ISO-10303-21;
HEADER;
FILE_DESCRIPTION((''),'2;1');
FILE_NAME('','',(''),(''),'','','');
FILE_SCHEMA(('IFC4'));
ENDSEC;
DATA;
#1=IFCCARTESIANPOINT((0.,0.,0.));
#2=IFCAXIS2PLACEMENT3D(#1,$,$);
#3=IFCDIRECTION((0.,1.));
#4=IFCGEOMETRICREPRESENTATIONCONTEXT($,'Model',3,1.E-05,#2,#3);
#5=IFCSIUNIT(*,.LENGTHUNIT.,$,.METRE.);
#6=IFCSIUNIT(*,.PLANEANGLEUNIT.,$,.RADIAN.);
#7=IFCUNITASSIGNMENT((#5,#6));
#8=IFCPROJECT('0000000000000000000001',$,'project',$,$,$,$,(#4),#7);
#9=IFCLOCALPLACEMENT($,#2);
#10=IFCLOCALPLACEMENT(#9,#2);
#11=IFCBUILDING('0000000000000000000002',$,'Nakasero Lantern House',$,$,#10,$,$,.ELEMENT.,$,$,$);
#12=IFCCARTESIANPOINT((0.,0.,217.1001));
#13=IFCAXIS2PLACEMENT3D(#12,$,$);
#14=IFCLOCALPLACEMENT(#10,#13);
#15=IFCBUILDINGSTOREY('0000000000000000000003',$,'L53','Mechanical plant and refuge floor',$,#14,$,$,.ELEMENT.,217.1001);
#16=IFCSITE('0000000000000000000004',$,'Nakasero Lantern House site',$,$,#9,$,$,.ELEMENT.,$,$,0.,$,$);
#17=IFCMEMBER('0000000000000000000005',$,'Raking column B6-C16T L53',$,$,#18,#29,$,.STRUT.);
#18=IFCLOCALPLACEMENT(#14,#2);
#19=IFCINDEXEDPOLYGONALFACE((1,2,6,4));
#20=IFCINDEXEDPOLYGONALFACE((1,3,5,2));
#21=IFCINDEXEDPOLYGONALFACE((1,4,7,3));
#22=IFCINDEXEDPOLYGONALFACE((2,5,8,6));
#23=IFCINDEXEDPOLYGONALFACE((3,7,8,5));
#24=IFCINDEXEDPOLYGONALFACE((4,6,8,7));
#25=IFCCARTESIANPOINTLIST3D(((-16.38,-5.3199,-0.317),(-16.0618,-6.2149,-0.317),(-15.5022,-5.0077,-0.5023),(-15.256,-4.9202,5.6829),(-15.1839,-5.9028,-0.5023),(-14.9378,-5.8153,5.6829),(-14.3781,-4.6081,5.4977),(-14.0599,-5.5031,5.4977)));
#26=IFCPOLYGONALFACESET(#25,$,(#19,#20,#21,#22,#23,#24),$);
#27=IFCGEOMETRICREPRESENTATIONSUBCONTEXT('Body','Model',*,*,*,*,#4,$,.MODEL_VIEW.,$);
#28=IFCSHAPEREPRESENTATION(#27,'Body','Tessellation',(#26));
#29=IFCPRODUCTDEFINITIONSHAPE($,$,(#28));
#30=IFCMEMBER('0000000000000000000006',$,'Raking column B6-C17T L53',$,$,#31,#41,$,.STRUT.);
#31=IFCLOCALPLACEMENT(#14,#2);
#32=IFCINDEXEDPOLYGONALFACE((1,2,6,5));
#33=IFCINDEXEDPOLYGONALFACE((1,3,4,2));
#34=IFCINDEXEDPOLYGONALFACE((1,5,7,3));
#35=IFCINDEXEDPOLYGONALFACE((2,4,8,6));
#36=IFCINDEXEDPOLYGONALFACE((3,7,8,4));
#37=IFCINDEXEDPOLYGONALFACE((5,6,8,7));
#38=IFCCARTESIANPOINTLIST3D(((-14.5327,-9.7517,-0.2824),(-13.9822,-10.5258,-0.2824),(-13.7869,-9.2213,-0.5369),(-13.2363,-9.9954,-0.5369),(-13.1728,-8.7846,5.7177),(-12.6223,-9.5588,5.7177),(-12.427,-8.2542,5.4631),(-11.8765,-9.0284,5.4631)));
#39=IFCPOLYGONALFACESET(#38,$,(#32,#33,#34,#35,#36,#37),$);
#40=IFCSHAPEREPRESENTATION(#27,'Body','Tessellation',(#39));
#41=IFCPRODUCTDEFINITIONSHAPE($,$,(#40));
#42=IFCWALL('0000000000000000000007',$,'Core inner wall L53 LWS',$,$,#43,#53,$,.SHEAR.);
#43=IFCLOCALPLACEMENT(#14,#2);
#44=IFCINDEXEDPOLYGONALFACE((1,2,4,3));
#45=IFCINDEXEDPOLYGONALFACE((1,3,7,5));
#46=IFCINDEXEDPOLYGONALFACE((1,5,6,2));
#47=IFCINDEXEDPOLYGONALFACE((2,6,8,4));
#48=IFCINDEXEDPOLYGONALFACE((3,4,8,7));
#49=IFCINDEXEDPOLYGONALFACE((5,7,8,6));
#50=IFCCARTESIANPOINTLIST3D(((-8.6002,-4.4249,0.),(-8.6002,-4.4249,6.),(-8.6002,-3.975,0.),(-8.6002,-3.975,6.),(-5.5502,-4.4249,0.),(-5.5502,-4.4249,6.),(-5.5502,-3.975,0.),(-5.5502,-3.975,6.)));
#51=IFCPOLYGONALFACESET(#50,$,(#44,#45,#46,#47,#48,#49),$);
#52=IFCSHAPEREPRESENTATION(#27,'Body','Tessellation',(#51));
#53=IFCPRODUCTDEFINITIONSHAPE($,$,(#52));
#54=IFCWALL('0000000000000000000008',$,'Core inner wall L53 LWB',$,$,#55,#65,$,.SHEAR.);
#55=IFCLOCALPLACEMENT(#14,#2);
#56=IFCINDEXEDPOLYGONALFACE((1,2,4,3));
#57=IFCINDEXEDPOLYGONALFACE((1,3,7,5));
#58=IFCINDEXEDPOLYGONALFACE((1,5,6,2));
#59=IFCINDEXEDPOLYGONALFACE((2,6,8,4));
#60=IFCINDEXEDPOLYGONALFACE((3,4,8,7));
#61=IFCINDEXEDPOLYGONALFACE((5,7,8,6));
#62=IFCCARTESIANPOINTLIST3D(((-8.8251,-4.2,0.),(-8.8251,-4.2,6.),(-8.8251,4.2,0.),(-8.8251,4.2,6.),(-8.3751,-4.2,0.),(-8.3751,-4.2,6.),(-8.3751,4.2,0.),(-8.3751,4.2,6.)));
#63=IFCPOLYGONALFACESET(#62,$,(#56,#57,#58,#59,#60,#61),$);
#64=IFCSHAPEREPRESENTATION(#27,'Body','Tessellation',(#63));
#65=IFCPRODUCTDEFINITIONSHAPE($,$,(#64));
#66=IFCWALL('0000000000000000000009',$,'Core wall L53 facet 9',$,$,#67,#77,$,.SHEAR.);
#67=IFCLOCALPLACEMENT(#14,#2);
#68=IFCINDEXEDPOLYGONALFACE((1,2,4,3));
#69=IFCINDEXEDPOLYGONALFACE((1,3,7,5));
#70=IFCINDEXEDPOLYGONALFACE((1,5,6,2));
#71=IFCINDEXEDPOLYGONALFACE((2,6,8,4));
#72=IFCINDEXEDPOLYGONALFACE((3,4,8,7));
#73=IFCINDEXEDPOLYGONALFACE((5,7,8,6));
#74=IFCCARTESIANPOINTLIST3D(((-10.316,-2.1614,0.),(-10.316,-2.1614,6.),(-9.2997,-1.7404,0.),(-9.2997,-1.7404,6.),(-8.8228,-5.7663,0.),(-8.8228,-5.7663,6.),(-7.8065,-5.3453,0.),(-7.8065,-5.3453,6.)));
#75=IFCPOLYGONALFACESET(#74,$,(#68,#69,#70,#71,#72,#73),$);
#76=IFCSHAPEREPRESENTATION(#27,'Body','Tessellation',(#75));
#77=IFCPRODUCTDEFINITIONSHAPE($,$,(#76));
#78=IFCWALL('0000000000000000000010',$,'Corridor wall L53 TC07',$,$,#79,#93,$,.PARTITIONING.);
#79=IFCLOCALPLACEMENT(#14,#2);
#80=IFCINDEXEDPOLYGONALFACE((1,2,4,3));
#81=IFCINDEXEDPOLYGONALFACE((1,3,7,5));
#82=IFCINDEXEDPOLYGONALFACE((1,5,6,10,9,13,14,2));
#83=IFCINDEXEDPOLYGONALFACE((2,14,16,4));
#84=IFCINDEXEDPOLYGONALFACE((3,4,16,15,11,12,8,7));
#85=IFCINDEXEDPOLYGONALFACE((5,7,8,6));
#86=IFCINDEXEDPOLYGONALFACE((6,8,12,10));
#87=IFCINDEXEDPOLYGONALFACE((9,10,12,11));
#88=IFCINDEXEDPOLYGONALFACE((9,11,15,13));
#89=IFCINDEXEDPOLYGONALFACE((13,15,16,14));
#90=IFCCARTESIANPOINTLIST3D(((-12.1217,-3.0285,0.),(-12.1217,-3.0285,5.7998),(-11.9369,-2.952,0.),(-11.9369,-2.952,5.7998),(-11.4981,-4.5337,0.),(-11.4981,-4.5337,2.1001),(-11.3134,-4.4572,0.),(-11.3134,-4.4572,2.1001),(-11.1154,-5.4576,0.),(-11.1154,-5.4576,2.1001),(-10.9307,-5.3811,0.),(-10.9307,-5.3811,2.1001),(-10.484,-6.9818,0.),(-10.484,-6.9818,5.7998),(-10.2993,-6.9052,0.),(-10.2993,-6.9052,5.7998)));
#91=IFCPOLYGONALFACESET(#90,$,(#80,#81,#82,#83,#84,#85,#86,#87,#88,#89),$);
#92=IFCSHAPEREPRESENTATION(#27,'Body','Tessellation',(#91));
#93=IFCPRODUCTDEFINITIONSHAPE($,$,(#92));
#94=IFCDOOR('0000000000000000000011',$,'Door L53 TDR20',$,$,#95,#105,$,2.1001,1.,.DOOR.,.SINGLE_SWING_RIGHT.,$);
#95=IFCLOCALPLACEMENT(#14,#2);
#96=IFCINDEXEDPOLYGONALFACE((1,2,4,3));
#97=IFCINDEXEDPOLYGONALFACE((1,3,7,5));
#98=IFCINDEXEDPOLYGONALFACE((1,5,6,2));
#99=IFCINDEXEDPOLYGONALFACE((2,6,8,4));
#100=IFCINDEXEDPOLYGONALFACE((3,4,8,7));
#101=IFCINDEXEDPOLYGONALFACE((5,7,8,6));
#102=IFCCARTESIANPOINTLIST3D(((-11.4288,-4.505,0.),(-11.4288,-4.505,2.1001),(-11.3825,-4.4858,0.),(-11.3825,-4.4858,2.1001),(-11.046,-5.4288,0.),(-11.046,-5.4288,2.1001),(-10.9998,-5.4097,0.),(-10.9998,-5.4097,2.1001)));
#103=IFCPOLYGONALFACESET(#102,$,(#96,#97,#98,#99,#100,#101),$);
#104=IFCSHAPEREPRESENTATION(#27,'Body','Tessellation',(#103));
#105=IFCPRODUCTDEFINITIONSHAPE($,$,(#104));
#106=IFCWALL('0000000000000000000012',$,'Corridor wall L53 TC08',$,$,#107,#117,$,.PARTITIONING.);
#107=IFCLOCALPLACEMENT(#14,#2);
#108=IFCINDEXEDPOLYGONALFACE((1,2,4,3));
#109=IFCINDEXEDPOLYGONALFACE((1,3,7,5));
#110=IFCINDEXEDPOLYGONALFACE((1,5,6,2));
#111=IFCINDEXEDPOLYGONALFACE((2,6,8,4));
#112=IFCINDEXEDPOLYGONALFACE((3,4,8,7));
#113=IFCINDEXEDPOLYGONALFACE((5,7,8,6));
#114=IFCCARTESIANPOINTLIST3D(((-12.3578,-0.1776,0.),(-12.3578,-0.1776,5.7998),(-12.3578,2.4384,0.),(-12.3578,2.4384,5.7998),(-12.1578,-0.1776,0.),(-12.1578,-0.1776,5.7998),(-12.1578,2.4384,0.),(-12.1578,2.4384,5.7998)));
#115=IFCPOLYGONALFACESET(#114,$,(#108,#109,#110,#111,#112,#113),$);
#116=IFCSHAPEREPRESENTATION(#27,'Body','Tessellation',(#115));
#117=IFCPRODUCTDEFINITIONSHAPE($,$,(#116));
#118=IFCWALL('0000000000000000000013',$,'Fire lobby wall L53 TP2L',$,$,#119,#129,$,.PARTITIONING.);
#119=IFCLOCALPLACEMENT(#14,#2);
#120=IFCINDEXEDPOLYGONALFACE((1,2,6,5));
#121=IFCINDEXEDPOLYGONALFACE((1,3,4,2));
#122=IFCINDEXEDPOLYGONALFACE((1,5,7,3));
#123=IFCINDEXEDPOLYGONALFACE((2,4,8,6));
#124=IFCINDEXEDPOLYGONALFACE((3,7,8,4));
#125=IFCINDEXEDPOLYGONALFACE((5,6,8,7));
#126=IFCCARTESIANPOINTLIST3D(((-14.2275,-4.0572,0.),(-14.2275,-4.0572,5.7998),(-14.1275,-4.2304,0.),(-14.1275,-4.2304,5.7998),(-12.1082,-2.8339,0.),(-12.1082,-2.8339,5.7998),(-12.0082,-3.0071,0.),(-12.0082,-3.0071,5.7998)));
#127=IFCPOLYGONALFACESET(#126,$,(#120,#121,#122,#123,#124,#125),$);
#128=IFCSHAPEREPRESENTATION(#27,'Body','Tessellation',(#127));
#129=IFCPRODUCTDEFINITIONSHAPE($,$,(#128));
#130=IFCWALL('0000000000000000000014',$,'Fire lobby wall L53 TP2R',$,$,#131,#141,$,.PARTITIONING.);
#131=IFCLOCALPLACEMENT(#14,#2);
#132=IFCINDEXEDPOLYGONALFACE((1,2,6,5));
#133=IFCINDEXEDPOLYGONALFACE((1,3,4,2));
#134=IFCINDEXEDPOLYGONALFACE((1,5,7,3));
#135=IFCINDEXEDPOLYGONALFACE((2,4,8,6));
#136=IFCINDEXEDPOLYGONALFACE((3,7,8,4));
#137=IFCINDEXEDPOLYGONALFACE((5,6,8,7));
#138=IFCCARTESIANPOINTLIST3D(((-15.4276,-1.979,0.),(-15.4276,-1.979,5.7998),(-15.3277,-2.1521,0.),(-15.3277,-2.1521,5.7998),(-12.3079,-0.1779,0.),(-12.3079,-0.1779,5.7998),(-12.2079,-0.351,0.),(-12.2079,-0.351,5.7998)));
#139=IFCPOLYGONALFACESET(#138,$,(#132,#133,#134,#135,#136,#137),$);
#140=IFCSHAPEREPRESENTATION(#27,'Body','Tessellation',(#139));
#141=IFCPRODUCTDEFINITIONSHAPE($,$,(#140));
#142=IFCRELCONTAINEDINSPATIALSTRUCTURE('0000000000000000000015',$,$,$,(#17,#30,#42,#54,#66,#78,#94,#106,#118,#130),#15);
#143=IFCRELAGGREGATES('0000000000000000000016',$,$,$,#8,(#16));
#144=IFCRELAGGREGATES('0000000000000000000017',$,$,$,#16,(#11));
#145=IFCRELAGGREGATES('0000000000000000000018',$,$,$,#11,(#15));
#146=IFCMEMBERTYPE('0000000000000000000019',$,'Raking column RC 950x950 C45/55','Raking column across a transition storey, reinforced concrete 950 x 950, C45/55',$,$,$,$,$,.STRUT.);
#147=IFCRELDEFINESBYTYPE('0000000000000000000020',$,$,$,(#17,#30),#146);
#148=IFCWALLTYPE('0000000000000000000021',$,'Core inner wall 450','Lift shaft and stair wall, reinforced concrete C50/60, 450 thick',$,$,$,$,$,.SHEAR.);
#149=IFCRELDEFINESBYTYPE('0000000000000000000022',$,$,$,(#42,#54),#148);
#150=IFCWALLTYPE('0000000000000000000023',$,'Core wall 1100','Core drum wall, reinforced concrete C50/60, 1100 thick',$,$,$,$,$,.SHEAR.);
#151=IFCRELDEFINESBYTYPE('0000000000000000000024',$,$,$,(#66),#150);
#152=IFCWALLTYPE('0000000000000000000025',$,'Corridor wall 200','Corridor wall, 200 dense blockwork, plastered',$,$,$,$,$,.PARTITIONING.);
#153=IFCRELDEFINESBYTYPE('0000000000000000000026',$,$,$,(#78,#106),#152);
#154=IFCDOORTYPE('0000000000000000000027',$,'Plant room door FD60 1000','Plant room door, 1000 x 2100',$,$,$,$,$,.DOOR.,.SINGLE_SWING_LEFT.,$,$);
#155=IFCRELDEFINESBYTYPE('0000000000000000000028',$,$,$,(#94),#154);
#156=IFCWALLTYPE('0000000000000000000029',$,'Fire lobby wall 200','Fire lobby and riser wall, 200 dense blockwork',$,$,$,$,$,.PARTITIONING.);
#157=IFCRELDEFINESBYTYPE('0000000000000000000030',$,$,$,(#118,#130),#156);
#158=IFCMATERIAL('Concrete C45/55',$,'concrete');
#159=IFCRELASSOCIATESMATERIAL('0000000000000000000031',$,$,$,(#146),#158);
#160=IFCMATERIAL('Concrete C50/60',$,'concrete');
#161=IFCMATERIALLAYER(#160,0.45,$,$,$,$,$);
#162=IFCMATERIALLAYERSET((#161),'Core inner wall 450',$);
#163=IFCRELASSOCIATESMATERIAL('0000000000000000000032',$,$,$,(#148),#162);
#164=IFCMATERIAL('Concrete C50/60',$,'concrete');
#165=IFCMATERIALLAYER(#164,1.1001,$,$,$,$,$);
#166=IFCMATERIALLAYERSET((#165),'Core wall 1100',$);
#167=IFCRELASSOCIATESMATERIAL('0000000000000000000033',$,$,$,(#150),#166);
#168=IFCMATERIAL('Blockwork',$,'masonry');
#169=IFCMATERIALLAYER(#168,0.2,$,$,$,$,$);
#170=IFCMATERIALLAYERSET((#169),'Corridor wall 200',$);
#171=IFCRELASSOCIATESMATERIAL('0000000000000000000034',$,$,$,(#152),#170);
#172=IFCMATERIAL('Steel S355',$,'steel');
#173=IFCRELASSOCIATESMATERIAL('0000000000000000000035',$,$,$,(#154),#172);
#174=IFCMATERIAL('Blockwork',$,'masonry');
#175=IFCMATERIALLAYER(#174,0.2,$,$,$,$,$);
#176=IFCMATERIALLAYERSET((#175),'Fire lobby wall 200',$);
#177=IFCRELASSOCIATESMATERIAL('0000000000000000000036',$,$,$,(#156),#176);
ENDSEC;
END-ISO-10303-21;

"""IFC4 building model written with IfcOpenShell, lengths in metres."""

from ifc_helpers import new_model, si_unit, direction, frame, frame_2d, origin, origin_2d, place, context, subcontext, project, spatial, rectangle, extrude, material, layer, layer_set, material_profile, profile_set, type_object, element, fill, save


model = new_model("IFC4")

# Units and contexts
model_context = context("Model", 3, precision=1e-05, world=origin(), true_north=direction((0.0, 1.0)))
body_context = subcontext(model_context, "Body", "Model", "MODEL_VIEW")
ifc_project = project(units=[si_unit("LENGTHUNIT", "METRE"), si_unit("PLANEANGLEUNIT", "RADIAN")], contexts=[model_context])

# Site, building, storey
site_placement = place(None, origin())
site = spatial("IfcSite", under=ifc_project, at=site_placement, Name="Nakasero Lantern House site", CompositionType="ELEMENT", RefElevation=0.0)
building_placement = place(site_placement, origin())
building = spatial("IfcBuilding", under=site, at=building_placement, Name="Nakasero Lantern House", CompositionType="ELEMENT")
storey_placement = place(building_placement, frame((0.0, 0.0, 217.1001)))
storey = spatial("IfcBuildingStorey", under=building, at=storey_placement, Name="L53", Description="Mechanical plant and refuge floor", CompositionType="ELEMENT", Elevation=217.1001)

# Members
ifc_material_1 = material(Name="Concrete C45/55", Category="concrete")
ifc_material_profile_1 = material_profile(ifc_material_1, rectangle(XDim=0.95, YDim=0.95, at=origin_2d()), Name="RC 950x950")
ifc_profile_set_1 = profile_set([ifc_material_profile_1], Name="Concrete C45/55")
member_type_1 = type_object("IfcMemberType", Name="Raking column RC 950x950 C45/55", Description="Raking column across a transition storey, reinforced concrete 950 x 950, C45/55", PredefinedType="STRUT", material=ifc_profile_set_1)
member_1_placement = place(storey_placement, frame((-15.782, -5.6113, -0.4097), z_axis=(0.183741, 0.065331, 0.980801), x_axis=(-0.335014, 0.942213, 0.0)))
element("IfcMember", 1, at=member_1_placement, inside=storey, type_object=member_type_1, Name="Raking column B6-C16T L53", PredefinedType="STRUT", context=body_context, shape_type="SweptSolid", body=[
    extrude(rectangle(XDim=0.95, YDim=0.95, at=origin_2d()), origin(), (0.0, 0.0, 1.0), 6.1174),
])
member_2_placement = place(storey_placement, frame((-13.8845, -9.8735, -0.4097), z_axis=(0.218357, 0.15528, 0.963436), x_axis=(-0.579535, 0.814948, 0.0)))
element("IfcMember", 2, at=member_2_placement, inside=storey, type_object=member_type_1, Name="Raking column B6-C17T L53", PredefinedType="STRUT", context=body_context, shape_type="SweptSolid", body=[
    extrude(rectangle(XDim=0.95, YDim=0.95, at=origin_2d()), origin(), (0.0, 0.0, 1.0), 6.2278),
])

# Walls
ifc_material_2 = material(Name="Concrete C50/60", Category="concrete")
ifc_layer_1 = layer(ifc_material_2, 0.45)
ifc_layer_set_1 = layer_set([ifc_layer_1], Name="Core inner wall 450")
wall_type_1 = type_object("IfcWallType", Name="Core inner wall 450", Description="Lift shaft and stair wall, reinforced concrete C50/60, 450 thick", PredefinedType="SHEAR", material=ifc_layer_set_1)
wall_1_placement = place(storey_placement, frame((-8.6001, -4.2, 0.0), z_axis=(0.0, 0.0, 1.0), x_axis=(1.0, 0.0, 0.0)))
element("IfcWall", 3, at=wall_1_placement, inside=storey, type_object=wall_type_1, Name="Core inner wall L53 LWS", PredefinedType="SHEAR", context=body_context, shape_type="SweptSolid", body=[
    extrude(rectangle(XDim=3.05, YDim=0.45, at=frame_2d((1.5249, 0.0))), origin(), (0.0, 0.0, 1.0), 6.0),
])
wall_2_placement = place(storey_placement, frame((-8.6001, -4.2, 0.0), z_axis=(0.0, 0.0, 1.0), x_axis=(0.0, 1.0, 0.0)))
element("IfcWall", 4, at=wall_2_placement, inside=storey, type_object=wall_type_1, Name="Core inner wall L53 LWB", PredefinedType="SHEAR", context=body_context, shape_type="SweptSolid", body=[
    extrude(rectangle(XDim=8.3999, YDim=0.45, at=frame_2d((4.2, 0.0))), origin(), (0.0, 0.0, 1.0), 6.0),
])
ifc_material_3 = material(Name="Concrete C50/60", Category="concrete")
ifc_layer_2 = layer(ifc_material_3, 1.1001)
ifc_layer_set_2 = layer_set([ifc_layer_2], Name="Core wall 1100")
wall_type_2 = type_object("IfcWallType", Name="Core wall 1100", Description="Core drum wall, reinforced concrete C50/60, 1100 thick", PredefinedType="SHEAR", material=ifc_layer_set_2)
wall_3_placement = place(storey_placement, frame((-9.8079, -1.9509, 0.0), z_axis=(0.0, 0.0, 1.0), x_axis=(0.382691, -0.923877, 0.0)))
element("IfcWall", 5, at=wall_3_placement, inside=storey, type_object=wall_type_2, Name="Core wall L53 facet 9", PredefinedType="SHEAR", context=body_context, shape_type="SweptSolid", body=[
    extrude(rectangle(XDim=3.9019, YDim=1.1001, at=frame_2d((1.9509, 0.0))), origin(), (0.0, 0.0, 1.0), 6.0),
])

# Wall, opening, door
ifc_material_4 = material(Name="Blockwork", Category="masonry")
ifc_layer_3 = layer(ifc_material_4, 0.2)
ifc_layer_set_3 = layer_set([ifc_layer_3], Name="Corridor wall 200")
wall_type_3 = type_object("IfcWallType", Name="Corridor wall 200", Description="Corridor wall, 200 dense blockwork, plastered", PredefinedType="PARTITIONING", material=ifc_layer_set_3)
wall_4_placement = place(storey_placement, frame((-10.3916, -6.9436, 0.0), z_axis=(0.0, 0.0, 1.0), x_axis=(-0.382715, 0.923867, 0.0)))
wall_4 = element("IfcWall", 6, at=wall_4_placement, inside=storey, type_object=wall_type_3, Name="Corridor wall L53 TC07", PredefinedType="PARTITIONING", context=body_context, shape_type="SweptSolid", body=[
    extrude(rectangle(XDim=4.2791, YDim=0.2, at=frame_2d((2.1396, 0.0))), origin(), (0.0, 0.0, 1.0), 5.7998),
])
opening_placement = place(wall_4_placement, frame((1.6499, 0.0, 0.0)))
opening = element("IfcOpeningElement", 7, at=opening_placement, cuts=wall_4, PredefinedType="OPENING", context=body_context, shape_type="SweptSolid", body=[
    extrude(rectangle(XDim=1.0, YDim=2.1001, at=frame_2d((0.5, 1.05))), frame((0.0, 0.1199, 0.0), z_axis=(0.0, -1.0, 0.0), x_axis=(1.0, 0.0, 0.0)), (0.0, 0.0, 1.0), 0.24),
])
ifc_material_5 = material(Name="Steel S355", Category="steel")
door_type = type_object("IfcDoorType", Name="Plant room door FD60 1000", Description="Plant room door, 1000 x 2100", OperationType="SINGLE_SWING_LEFT", PredefinedType="DOOR", material=ifc_material_5)
door_placement = place(opening_placement, origin())
door = element("IfcDoor", 8, at=door_placement, inside=storey, type_object=door_type, Name="Door L53 TDR20", OperationType="SINGLE_SWING_RIGHT", OverallHeight=2.1001, OverallWidth=1.0, PredefinedType="DOOR", context=body_context, shape_type="SweptSolid", body=[
    extrude(rectangle(XDim=1.0, YDim=2.1001, at=frame_2d((0.5, 1.05))), frame((0.0, 0.0249, 0.0), z_axis=(0.0, -1.0, 0.0), x_axis=(1.0, 0.0, 0.0)), (0.0, 0.0, 1.0), 0.05),
])
fill(opening, door)

# Walls
wall_5_placement = place(storey_placement, frame((-12.2578, -0.1777, 0.0), z_axis=(0.0, 0.0, 1.0), x_axis=(0.0, 1.0, 0.0)))
element("IfcWall", 9, at=wall_5_placement, inside=storey, type_object=wall_type_3, Name="Corridor wall L53 TC08", PredefinedType="PARTITIONING", context=body_context, shape_type="SweptSolid", body=[
    extrude(rectangle(XDim=2.616, YDim=0.2, at=frame_2d((1.3081, 0.0))), origin(), (0.0, 0.0, 1.0), 5.7998),
])
ifc_material_6 = material(Name="Blockwork", Category="masonry")
ifc_layer_4 = layer(ifc_material_6, 0.2)
ifc_layer_set_4 = layer_set([ifc_layer_4], Name="Fire lobby wall 200")
wall_type_4 = type_object("IfcWallType", Name="Fire lobby wall 200", Description="Fire lobby and riser wall, 200 dense blockwork", PredefinedType="PARTITIONING", material=ifc_layer_set_4)
wall_6_placement = place(storey_placement, frame((-12.0581, -2.9204, 0.0), z_axis=(0.0, 0.0, 1.0), x_axis=(-0.866068, -0.499927, 0.0)))
element("IfcWall", 10, at=wall_6_placement, inside=storey, type_object=wall_type_4, Name="Fire lobby wall L53 TP2L", PredefinedType="PARTITIONING", context=body_context, shape_type="SweptSolid", body=[
    extrude(rectangle(XDim=2.447, YDim=0.2, at=frame_2d((1.2236, 0.0))), origin(), (0.0, 0.0, 1.0), 5.7998),
])
wall_7_placement = place(storey_placement, frame((-12.2578, -0.2644, 0.0), z_axis=(0.0, 0.0, 1.0), x_axis=(-0.866037, -0.499981, 0.0)))
element("IfcWall", 11, at=wall_7_placement, inside=storey, type_object=wall_type_4, Name="Fire lobby wall L53 TP2R", PredefinedType="PARTITIONING", context=body_context, shape_type="SweptSolid", body=[
    extrude(rectangle(XDim=3.6023, YDim=0.2, at=frame_2d((1.8013, 0.0))), origin(), (0.0, 0.0, 1.0), 5.7998),
])

save(model, "model.ifc")
